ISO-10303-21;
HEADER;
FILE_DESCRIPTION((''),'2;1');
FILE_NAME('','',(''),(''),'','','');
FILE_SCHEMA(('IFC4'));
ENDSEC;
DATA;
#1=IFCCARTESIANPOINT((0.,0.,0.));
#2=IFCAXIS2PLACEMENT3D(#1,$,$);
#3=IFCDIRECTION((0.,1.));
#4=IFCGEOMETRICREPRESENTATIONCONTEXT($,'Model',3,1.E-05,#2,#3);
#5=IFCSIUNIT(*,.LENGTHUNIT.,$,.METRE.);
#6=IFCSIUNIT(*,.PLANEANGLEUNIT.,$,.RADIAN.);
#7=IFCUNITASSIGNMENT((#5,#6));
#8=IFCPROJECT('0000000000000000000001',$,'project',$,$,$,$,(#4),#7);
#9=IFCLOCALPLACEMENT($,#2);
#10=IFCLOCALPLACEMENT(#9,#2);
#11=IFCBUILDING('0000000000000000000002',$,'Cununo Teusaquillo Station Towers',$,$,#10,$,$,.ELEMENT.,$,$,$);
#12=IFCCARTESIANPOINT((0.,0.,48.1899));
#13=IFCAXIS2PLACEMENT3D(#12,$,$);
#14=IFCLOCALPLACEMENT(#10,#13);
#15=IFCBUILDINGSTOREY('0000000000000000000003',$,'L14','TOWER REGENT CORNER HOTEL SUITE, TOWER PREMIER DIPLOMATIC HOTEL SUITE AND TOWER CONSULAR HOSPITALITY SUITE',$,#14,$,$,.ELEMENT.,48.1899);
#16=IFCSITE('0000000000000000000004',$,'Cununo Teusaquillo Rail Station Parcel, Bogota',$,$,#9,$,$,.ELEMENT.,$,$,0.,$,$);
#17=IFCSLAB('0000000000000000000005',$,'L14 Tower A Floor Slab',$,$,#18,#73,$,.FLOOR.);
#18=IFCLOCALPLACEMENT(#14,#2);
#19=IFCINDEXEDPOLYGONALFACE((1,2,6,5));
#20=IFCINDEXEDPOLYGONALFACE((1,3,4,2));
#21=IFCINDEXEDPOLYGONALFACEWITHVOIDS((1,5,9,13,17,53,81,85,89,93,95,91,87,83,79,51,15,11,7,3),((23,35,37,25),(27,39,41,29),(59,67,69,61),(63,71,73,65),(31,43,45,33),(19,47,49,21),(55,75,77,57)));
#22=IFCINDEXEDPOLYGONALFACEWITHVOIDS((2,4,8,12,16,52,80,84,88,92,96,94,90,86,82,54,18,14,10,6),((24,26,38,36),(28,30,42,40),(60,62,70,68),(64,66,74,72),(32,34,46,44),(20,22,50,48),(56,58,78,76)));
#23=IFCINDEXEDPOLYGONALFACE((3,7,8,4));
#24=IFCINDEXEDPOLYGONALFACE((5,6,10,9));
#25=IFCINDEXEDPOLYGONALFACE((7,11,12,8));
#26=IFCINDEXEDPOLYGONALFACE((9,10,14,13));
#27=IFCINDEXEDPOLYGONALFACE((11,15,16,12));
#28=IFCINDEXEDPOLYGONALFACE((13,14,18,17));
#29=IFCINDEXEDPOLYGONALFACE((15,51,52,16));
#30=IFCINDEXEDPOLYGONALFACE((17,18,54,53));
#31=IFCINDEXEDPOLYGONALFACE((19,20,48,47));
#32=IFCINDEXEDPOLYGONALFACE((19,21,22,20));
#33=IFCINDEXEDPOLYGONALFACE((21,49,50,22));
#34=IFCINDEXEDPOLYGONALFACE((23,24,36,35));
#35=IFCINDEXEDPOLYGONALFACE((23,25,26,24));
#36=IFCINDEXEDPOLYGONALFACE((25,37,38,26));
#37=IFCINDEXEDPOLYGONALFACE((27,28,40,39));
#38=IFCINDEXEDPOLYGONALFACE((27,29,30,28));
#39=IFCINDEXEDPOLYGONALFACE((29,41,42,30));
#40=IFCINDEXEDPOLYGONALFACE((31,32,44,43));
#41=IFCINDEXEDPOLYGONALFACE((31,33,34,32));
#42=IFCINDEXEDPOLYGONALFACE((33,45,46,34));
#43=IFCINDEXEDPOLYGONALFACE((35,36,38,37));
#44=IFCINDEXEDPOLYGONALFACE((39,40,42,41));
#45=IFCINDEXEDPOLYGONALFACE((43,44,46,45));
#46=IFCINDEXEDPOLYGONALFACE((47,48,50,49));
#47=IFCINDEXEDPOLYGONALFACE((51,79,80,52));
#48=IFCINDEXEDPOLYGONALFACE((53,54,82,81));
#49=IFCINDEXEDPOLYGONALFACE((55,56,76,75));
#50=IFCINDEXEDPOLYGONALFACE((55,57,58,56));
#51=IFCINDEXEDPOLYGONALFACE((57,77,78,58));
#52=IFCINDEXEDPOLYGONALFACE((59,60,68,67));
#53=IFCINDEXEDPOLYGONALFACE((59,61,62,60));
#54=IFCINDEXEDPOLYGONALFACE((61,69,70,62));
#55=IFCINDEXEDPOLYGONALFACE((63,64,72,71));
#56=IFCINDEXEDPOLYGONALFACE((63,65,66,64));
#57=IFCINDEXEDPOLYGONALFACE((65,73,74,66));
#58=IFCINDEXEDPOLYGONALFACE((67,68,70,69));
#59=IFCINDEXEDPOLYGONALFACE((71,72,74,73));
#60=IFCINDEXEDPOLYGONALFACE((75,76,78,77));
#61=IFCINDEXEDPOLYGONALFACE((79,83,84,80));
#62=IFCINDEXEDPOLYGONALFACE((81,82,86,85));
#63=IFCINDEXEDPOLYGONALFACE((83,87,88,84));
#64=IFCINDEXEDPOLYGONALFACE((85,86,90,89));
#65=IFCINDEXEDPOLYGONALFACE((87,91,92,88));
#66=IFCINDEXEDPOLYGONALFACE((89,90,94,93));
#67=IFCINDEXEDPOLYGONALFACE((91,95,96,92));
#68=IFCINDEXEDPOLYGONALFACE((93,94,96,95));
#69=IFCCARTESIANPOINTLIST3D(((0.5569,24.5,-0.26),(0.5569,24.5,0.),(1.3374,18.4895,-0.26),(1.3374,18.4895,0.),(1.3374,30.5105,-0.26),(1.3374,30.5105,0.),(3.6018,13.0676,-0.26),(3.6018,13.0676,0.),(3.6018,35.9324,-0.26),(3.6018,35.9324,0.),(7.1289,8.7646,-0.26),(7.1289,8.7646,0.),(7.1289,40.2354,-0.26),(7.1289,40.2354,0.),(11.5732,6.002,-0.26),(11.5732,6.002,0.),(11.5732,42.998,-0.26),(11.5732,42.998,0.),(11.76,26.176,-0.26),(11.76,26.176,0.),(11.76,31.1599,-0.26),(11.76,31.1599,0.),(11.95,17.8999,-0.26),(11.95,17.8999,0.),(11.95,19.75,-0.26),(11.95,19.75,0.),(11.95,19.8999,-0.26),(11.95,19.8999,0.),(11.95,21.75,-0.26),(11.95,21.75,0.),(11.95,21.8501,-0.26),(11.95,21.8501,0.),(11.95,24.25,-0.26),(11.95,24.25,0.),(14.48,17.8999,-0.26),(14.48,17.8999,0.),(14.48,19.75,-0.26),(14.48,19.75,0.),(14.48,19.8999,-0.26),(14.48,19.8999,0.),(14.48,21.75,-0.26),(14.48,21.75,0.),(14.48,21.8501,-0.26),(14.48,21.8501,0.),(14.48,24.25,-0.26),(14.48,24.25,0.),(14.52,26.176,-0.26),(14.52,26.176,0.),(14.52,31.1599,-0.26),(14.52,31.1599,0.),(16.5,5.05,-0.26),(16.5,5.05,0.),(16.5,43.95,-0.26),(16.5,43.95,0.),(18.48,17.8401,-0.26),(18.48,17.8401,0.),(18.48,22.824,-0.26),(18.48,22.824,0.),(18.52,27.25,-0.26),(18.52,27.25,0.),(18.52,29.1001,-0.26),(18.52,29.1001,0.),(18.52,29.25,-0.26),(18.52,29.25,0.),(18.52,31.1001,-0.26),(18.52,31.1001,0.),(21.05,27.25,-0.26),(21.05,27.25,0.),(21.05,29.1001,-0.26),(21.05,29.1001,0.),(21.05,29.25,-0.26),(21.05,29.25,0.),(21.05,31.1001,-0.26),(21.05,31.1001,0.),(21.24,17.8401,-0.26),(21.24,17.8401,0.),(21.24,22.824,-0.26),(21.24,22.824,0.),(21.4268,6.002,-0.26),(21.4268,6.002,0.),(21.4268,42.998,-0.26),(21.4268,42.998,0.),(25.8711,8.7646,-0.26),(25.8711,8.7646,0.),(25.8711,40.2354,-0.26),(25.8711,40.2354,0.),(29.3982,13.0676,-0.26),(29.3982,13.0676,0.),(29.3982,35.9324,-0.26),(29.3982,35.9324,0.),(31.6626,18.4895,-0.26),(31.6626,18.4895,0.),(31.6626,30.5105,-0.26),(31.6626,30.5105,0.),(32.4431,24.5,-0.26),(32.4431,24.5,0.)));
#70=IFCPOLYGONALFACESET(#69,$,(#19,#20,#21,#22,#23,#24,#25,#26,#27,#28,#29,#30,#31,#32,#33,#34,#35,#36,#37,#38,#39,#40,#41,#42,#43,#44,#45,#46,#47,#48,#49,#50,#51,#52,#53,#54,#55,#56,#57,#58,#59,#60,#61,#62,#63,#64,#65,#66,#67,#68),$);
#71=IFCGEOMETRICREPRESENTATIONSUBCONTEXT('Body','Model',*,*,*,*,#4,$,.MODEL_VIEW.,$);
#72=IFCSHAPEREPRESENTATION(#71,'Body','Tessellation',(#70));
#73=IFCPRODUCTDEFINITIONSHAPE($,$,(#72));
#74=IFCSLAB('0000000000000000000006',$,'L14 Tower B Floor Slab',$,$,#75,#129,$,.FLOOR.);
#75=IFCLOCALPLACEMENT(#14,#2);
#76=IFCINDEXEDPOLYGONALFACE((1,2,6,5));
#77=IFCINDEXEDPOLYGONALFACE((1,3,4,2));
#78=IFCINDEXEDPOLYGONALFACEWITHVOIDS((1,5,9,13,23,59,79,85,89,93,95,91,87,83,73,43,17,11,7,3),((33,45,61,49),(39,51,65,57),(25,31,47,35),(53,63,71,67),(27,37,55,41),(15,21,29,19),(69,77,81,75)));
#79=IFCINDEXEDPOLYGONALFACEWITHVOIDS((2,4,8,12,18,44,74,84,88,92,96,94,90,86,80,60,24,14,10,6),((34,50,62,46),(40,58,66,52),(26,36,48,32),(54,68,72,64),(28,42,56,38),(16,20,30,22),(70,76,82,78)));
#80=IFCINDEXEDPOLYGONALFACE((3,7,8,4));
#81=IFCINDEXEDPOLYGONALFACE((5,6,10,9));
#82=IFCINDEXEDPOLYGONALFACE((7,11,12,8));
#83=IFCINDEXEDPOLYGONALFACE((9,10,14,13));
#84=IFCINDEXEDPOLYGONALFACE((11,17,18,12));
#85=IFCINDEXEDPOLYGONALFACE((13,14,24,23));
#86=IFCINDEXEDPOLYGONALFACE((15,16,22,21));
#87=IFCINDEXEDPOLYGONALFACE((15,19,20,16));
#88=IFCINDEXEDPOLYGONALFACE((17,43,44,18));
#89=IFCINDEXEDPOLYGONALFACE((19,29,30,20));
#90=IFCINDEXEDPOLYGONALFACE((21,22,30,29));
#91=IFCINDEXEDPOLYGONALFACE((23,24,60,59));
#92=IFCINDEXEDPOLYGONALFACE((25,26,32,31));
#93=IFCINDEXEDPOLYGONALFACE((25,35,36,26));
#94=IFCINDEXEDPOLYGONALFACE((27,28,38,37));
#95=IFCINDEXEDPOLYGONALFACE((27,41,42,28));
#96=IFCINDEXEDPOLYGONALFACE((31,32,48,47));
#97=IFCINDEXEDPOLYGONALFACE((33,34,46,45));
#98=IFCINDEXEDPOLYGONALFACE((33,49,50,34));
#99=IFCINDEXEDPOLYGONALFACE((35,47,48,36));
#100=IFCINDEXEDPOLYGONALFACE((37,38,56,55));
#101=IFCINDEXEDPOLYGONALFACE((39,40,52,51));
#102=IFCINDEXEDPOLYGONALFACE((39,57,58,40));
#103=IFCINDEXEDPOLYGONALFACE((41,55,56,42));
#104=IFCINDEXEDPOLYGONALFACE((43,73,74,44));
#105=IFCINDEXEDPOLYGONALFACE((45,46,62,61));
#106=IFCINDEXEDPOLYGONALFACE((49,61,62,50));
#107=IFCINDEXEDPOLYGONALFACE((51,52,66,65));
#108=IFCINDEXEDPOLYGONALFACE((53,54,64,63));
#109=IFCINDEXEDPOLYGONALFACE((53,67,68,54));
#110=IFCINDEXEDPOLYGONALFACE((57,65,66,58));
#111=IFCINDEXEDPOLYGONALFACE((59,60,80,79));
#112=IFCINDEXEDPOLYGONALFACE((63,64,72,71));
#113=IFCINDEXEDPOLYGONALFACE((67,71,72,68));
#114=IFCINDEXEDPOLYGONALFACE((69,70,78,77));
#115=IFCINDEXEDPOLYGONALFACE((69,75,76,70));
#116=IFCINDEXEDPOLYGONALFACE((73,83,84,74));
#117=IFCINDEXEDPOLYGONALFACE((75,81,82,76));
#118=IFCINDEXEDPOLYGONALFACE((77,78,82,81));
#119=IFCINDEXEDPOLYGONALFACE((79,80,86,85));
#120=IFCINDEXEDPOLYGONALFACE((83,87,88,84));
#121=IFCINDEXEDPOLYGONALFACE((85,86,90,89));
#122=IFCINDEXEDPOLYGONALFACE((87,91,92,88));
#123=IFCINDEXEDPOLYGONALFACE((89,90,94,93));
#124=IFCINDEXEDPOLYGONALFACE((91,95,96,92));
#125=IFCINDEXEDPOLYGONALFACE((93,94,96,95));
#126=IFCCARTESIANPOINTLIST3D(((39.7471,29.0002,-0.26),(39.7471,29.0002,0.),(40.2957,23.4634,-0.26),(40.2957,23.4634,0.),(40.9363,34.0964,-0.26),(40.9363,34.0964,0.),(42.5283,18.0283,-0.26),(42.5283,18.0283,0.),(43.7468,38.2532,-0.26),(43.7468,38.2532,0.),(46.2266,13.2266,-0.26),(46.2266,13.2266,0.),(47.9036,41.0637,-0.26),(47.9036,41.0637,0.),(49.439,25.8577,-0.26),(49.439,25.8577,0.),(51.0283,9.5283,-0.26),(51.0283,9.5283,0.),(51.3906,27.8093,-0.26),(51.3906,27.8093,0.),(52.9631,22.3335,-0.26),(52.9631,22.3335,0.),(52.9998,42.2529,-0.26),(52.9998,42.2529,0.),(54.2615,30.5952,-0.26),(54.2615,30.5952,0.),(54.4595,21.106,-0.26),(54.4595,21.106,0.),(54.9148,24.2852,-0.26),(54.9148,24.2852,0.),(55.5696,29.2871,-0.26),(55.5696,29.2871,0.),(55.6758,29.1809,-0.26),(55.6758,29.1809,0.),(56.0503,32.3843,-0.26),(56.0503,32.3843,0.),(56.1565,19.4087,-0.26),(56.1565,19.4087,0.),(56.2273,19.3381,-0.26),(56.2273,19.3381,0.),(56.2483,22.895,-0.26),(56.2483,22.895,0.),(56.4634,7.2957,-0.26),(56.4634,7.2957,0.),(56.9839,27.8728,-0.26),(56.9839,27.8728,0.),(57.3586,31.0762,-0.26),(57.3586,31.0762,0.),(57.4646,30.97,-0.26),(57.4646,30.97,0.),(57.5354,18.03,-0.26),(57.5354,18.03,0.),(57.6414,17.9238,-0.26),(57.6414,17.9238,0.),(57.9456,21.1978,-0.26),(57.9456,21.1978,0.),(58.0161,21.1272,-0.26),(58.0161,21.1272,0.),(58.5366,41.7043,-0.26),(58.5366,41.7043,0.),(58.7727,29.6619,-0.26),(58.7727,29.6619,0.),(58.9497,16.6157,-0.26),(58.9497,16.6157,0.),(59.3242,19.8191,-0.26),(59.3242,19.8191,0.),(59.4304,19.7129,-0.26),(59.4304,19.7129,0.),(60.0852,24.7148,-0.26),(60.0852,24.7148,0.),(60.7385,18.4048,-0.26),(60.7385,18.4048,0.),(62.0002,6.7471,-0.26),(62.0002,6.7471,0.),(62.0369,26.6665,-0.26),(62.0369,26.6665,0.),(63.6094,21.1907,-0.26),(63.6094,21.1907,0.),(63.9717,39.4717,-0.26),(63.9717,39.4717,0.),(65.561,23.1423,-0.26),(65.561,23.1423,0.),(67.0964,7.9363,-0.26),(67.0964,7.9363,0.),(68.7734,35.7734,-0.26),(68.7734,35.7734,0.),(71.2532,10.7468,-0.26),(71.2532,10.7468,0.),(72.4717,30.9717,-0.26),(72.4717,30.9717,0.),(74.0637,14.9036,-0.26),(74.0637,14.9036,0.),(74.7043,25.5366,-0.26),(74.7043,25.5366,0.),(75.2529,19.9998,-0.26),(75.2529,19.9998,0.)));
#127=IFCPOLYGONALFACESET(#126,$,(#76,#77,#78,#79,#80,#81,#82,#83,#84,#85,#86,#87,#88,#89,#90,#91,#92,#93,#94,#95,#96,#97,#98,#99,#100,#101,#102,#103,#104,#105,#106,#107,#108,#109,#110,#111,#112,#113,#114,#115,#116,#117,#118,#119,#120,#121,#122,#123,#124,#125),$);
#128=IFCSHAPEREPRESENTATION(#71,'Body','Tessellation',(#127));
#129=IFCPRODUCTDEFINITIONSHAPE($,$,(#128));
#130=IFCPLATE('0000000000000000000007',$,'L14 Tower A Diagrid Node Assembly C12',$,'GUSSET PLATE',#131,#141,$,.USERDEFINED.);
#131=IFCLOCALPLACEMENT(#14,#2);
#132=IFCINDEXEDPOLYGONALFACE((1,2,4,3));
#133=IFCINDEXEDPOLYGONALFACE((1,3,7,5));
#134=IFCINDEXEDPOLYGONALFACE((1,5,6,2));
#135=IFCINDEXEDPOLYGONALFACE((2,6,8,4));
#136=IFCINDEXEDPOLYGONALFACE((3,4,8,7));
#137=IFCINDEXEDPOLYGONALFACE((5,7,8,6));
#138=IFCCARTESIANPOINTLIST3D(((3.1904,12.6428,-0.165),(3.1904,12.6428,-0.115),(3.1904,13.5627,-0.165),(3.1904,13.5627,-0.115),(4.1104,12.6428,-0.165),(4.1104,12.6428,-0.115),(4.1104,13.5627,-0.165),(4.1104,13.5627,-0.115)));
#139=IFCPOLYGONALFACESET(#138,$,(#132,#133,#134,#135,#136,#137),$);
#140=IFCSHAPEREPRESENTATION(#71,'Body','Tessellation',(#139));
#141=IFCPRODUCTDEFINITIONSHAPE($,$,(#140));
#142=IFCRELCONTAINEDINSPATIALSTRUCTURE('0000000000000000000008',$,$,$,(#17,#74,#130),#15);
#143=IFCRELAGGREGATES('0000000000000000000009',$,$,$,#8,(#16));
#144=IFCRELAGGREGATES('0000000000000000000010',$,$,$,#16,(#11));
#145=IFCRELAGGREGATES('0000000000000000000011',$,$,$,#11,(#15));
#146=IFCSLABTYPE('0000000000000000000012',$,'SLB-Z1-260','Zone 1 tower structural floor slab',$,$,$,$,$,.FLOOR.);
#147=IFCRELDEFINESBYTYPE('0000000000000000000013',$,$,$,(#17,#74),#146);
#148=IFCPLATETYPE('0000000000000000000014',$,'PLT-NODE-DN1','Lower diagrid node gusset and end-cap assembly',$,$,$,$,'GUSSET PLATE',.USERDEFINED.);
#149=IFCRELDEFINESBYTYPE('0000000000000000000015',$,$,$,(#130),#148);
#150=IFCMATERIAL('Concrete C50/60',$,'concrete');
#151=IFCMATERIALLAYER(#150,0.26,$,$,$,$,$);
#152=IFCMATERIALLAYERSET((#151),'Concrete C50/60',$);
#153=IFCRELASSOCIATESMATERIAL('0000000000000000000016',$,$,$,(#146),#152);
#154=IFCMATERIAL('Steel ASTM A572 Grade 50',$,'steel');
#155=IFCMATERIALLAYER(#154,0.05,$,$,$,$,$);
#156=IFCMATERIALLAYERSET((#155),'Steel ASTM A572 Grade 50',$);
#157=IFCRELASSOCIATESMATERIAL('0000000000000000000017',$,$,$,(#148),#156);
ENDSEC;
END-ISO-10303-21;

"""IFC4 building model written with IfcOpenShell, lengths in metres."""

from ifc_helpers import new_model, si_unit, direction, frame, origin, origin_2d, place, context, subcontext, project, spatial, polyline, rectangle, outline, extrude, source, transform, mapped, material, layer, layer_set, type_object, element, save


model = new_model("IFC4")

# Units and contexts
model_context = context("Model", 3, precision=1e-05, world=origin(), true_north=direction((0.0, 1.0)))
body_context = subcontext(model_context, "Body", "Model", "MODEL_VIEW")
ifc_project = project(units=[si_unit("LENGTHUNIT", "METRE"), si_unit("PLANEANGLEUNIT", "RADIAN")], contexts=[model_context])

# Site, building, storey
site_placement = place(None, origin())
site = spatial("IfcSite", under=ifc_project, at=site_placement, Name="Cununo Teusaquillo Rail Station Parcel, Bogota", CompositionType="ELEMENT", RefElevation=0.0)
building_placement = place(site_placement, origin())
building = spatial("IfcBuilding", under=site, at=building_placement, Name="Cununo Teusaquillo Station Towers", CompositionType="ELEMENT")
storey_placement = place(building_placement, frame((0.0, 0.0, 48.1899)))
storey = spatial("IfcBuildingStorey", under=building, at=storey_placement, Name="L14", Description="TOWER REGENT CORNER HOTEL SUITE, TOWER PREMIER DIPLOMATIC HOTEL SUITE AND TOWER CONSULAR HOSPITALITY SUITE", CompositionType="ELEMENT", Elevation=48.1899)

# Slabs
ifc_material_1 = material(Name="Concrete C50/60", Category="concrete")
ifc_layer_1 = layer(ifc_material_1, 0.26)
ifc_layer_set_1 = layer_set([ifc_layer_1], Name="Concrete C50/60")
slab_type_1 = type_object("IfcSlabType", Name="SLB-Z1-260", Description="Zone 1 tower structural floor slab", PredefinedType="FLOOR", material=ifc_layer_set_1)
slab_1_placement = place(storey_placement, frame((0.0, 0.0, -0.26)))
element("IfcSlab", 1, at=slab_1_placement, inside=storey, type_object=slab_type_1, Name="L14 Tower A Floor Slab", PredefinedType="FLOOR", context=body_context, shape_type="SweptSolid", body=[
    extrude(outline(polyline([(32.4431, 24.5), (31.6626, 30.5105), (29.3982, 35.9324), (25.8711, 40.2354), (21.4268, 42.998), (16.5, 43.95), (11.5732, 42.998), (7.1289, 40.2354), (3.6018, 35.9324), (1.3374, 30.5105), (0.5569, 24.5), (1.3374, 18.4895), (3.6018, 13.0676), (7.1289, 8.7646), (11.5732, 6.002), (16.5, 5.05), (21.4268, 6.002), (25.8711, 8.7646), (29.3982, 13.0676), (31.6626, 18.4895), (32.4431, 24.5)]), holes=[polyline([(14.52, 26.176), (14.52, 31.1599), (11.76, 31.1599), (11.76, 26.176), (14.52, 26.176)]), polyline([(18.48, 22.824), (18.48, 17.8401), (21.24, 17.8401), (21.24, 22.824), (18.48, 22.824)]), polyline([(11.95, 21.8501), (14.48, 21.8501), (14.48, 24.25), (11.95, 24.25), (11.95, 21.8501)]), polyline([(11.95, 17.8999), (14.48, 17.8999), (14.48, 19.75), (11.95, 19.75), (11.95, 17.8999)]), polyline([(11.95, 19.8999), (14.48, 19.8999), (14.48, 21.75), (11.95, 21.75), (11.95, 19.8999)]), polyline([(18.52, 27.25), (21.05, 27.25), (21.05, 29.1001), (18.52, 29.1001), (18.52, 27.25)]), polyline([(18.52, 29.25), (21.05, 29.25), (21.05, 31.1001), (18.52, 31.1001), (18.52, 29.25)])]), origin(), (0.0, 0.0, 1.0), 0.26),
])
slab_2_placement = place(storey_placement, frame((0.0, 0.0, -0.26)))
element("IfcSlab", 2, at=slab_2_placement, inside=storey, type_object=slab_type_1, Name="L14 Tower B Floor Slab", PredefinedType="FLOOR", context=body_context, shape_type="SweptSolid", body=[
    extrude(outline(polyline([(68.7734, 35.7734), (63.9717, 39.4717), (58.5366, 41.7043), (52.9998, 42.2529), (47.9036, 41.0637), (43.7468, 38.2532), (40.9363, 34.0964), (39.7471, 29.0002), (40.2957, 23.4634), (42.5283, 18.0283), (46.2266, 13.2266), (51.0283, 9.5283), (56.4634, 7.2957), (62.0002, 6.7471), (67.0964, 7.9363), (71.2532, 10.7468), (74.0637, 14.9036), (75.2529, 19.9998), (74.7043, 25.5366), (72.4717, 30.9717), (68.7734, 35.7734)]), holes=[polyline([(54.9148, 24.2852), (51.3906, 27.8093), (49.439, 25.8577), (52.9631, 22.3335), (54.9148, 24.2852)]), polyline([(60.0852, 24.7148), (63.6094, 21.1907), (65.561, 23.1423), (62.0369, 26.6665), (60.0852, 24.7148)]), polyline([(56.1565, 19.4087), (57.9456, 21.1978), (56.2483, 22.895), (54.4595, 21.106), (56.1565, 19.4087)]), polyline([(58.9497, 16.6157), (60.7385, 18.4048), (59.4304, 19.7129), (57.6414, 17.9238), (58.9497, 16.6157)]), polyline([(57.5354, 18.03), (59.3242, 19.8191), (58.0161, 21.1272), (56.2273, 19.3381), (57.5354, 18.03)]), polyline([(56.9839, 27.8728), (58.7727, 29.6619), (57.4646, 30.97), (55.6758, 29.1809), (56.9839, 27.8728)]), polyline([(55.5696, 29.2871), (57.3586, 31.0762), (56.0503, 32.3843), (54.2615, 30.5952), (55.5696, 29.2871)])]), origin(), (0.0, 0.0, 1.0), 0.26),
])

# Plate
ifc_material_2 = material(Name="Steel ASTM A572 Grade 50", Category="steel")
ifc_layer_2 = layer(ifc_material_2, 0.05)
ifc_layer_set_2 = layer_set([ifc_layer_2], Name="Steel ASTM A572 Grade 50")
plate_type = type_object("IfcPlateType", Name="PLT-NODE-DN1", Description="Lower diagrid node gusset and end-cap assembly", ElementType="GUSSET PLATE", PredefinedType="USERDEFINED", material=ifc_layer_set_2)
shared_shape_1 = source(origin(), body_context, "Body", "SweptSolid", [
    extrude(rectangle(XDim=0.9199, YDim=0.9199, at=origin_2d()), origin(), (0.0, 0.0, 1.0), 0.05),
])
plate_placement = place(storey_placement, frame((3.6504, 13.1028, -0.165), z_axis=(0.0, 0.0, 1.0), x_axis=(1.0, 0.0, 0.0)))
element("IfcPlate", 3, at=plate_placement, inside=storey, type_object=plate_type, Name="L14 Tower A Diagrid Node Assembly C12", ObjectType="GUSSET PLATE", PredefinedType="USERDEFINED", context=body_context, shape_type="MappedRepresentation", body=[
    mapped(shared_shape_1, transform((0.0, 0.0, 0.0), x_axis=(1.0, 0.0, 0.0), y_axis=(0.0, 1.0, 0.0), z_axis=(0.0, 0.0, 1.0), scale=1.0)),
])

save(model, "model.ifc")
